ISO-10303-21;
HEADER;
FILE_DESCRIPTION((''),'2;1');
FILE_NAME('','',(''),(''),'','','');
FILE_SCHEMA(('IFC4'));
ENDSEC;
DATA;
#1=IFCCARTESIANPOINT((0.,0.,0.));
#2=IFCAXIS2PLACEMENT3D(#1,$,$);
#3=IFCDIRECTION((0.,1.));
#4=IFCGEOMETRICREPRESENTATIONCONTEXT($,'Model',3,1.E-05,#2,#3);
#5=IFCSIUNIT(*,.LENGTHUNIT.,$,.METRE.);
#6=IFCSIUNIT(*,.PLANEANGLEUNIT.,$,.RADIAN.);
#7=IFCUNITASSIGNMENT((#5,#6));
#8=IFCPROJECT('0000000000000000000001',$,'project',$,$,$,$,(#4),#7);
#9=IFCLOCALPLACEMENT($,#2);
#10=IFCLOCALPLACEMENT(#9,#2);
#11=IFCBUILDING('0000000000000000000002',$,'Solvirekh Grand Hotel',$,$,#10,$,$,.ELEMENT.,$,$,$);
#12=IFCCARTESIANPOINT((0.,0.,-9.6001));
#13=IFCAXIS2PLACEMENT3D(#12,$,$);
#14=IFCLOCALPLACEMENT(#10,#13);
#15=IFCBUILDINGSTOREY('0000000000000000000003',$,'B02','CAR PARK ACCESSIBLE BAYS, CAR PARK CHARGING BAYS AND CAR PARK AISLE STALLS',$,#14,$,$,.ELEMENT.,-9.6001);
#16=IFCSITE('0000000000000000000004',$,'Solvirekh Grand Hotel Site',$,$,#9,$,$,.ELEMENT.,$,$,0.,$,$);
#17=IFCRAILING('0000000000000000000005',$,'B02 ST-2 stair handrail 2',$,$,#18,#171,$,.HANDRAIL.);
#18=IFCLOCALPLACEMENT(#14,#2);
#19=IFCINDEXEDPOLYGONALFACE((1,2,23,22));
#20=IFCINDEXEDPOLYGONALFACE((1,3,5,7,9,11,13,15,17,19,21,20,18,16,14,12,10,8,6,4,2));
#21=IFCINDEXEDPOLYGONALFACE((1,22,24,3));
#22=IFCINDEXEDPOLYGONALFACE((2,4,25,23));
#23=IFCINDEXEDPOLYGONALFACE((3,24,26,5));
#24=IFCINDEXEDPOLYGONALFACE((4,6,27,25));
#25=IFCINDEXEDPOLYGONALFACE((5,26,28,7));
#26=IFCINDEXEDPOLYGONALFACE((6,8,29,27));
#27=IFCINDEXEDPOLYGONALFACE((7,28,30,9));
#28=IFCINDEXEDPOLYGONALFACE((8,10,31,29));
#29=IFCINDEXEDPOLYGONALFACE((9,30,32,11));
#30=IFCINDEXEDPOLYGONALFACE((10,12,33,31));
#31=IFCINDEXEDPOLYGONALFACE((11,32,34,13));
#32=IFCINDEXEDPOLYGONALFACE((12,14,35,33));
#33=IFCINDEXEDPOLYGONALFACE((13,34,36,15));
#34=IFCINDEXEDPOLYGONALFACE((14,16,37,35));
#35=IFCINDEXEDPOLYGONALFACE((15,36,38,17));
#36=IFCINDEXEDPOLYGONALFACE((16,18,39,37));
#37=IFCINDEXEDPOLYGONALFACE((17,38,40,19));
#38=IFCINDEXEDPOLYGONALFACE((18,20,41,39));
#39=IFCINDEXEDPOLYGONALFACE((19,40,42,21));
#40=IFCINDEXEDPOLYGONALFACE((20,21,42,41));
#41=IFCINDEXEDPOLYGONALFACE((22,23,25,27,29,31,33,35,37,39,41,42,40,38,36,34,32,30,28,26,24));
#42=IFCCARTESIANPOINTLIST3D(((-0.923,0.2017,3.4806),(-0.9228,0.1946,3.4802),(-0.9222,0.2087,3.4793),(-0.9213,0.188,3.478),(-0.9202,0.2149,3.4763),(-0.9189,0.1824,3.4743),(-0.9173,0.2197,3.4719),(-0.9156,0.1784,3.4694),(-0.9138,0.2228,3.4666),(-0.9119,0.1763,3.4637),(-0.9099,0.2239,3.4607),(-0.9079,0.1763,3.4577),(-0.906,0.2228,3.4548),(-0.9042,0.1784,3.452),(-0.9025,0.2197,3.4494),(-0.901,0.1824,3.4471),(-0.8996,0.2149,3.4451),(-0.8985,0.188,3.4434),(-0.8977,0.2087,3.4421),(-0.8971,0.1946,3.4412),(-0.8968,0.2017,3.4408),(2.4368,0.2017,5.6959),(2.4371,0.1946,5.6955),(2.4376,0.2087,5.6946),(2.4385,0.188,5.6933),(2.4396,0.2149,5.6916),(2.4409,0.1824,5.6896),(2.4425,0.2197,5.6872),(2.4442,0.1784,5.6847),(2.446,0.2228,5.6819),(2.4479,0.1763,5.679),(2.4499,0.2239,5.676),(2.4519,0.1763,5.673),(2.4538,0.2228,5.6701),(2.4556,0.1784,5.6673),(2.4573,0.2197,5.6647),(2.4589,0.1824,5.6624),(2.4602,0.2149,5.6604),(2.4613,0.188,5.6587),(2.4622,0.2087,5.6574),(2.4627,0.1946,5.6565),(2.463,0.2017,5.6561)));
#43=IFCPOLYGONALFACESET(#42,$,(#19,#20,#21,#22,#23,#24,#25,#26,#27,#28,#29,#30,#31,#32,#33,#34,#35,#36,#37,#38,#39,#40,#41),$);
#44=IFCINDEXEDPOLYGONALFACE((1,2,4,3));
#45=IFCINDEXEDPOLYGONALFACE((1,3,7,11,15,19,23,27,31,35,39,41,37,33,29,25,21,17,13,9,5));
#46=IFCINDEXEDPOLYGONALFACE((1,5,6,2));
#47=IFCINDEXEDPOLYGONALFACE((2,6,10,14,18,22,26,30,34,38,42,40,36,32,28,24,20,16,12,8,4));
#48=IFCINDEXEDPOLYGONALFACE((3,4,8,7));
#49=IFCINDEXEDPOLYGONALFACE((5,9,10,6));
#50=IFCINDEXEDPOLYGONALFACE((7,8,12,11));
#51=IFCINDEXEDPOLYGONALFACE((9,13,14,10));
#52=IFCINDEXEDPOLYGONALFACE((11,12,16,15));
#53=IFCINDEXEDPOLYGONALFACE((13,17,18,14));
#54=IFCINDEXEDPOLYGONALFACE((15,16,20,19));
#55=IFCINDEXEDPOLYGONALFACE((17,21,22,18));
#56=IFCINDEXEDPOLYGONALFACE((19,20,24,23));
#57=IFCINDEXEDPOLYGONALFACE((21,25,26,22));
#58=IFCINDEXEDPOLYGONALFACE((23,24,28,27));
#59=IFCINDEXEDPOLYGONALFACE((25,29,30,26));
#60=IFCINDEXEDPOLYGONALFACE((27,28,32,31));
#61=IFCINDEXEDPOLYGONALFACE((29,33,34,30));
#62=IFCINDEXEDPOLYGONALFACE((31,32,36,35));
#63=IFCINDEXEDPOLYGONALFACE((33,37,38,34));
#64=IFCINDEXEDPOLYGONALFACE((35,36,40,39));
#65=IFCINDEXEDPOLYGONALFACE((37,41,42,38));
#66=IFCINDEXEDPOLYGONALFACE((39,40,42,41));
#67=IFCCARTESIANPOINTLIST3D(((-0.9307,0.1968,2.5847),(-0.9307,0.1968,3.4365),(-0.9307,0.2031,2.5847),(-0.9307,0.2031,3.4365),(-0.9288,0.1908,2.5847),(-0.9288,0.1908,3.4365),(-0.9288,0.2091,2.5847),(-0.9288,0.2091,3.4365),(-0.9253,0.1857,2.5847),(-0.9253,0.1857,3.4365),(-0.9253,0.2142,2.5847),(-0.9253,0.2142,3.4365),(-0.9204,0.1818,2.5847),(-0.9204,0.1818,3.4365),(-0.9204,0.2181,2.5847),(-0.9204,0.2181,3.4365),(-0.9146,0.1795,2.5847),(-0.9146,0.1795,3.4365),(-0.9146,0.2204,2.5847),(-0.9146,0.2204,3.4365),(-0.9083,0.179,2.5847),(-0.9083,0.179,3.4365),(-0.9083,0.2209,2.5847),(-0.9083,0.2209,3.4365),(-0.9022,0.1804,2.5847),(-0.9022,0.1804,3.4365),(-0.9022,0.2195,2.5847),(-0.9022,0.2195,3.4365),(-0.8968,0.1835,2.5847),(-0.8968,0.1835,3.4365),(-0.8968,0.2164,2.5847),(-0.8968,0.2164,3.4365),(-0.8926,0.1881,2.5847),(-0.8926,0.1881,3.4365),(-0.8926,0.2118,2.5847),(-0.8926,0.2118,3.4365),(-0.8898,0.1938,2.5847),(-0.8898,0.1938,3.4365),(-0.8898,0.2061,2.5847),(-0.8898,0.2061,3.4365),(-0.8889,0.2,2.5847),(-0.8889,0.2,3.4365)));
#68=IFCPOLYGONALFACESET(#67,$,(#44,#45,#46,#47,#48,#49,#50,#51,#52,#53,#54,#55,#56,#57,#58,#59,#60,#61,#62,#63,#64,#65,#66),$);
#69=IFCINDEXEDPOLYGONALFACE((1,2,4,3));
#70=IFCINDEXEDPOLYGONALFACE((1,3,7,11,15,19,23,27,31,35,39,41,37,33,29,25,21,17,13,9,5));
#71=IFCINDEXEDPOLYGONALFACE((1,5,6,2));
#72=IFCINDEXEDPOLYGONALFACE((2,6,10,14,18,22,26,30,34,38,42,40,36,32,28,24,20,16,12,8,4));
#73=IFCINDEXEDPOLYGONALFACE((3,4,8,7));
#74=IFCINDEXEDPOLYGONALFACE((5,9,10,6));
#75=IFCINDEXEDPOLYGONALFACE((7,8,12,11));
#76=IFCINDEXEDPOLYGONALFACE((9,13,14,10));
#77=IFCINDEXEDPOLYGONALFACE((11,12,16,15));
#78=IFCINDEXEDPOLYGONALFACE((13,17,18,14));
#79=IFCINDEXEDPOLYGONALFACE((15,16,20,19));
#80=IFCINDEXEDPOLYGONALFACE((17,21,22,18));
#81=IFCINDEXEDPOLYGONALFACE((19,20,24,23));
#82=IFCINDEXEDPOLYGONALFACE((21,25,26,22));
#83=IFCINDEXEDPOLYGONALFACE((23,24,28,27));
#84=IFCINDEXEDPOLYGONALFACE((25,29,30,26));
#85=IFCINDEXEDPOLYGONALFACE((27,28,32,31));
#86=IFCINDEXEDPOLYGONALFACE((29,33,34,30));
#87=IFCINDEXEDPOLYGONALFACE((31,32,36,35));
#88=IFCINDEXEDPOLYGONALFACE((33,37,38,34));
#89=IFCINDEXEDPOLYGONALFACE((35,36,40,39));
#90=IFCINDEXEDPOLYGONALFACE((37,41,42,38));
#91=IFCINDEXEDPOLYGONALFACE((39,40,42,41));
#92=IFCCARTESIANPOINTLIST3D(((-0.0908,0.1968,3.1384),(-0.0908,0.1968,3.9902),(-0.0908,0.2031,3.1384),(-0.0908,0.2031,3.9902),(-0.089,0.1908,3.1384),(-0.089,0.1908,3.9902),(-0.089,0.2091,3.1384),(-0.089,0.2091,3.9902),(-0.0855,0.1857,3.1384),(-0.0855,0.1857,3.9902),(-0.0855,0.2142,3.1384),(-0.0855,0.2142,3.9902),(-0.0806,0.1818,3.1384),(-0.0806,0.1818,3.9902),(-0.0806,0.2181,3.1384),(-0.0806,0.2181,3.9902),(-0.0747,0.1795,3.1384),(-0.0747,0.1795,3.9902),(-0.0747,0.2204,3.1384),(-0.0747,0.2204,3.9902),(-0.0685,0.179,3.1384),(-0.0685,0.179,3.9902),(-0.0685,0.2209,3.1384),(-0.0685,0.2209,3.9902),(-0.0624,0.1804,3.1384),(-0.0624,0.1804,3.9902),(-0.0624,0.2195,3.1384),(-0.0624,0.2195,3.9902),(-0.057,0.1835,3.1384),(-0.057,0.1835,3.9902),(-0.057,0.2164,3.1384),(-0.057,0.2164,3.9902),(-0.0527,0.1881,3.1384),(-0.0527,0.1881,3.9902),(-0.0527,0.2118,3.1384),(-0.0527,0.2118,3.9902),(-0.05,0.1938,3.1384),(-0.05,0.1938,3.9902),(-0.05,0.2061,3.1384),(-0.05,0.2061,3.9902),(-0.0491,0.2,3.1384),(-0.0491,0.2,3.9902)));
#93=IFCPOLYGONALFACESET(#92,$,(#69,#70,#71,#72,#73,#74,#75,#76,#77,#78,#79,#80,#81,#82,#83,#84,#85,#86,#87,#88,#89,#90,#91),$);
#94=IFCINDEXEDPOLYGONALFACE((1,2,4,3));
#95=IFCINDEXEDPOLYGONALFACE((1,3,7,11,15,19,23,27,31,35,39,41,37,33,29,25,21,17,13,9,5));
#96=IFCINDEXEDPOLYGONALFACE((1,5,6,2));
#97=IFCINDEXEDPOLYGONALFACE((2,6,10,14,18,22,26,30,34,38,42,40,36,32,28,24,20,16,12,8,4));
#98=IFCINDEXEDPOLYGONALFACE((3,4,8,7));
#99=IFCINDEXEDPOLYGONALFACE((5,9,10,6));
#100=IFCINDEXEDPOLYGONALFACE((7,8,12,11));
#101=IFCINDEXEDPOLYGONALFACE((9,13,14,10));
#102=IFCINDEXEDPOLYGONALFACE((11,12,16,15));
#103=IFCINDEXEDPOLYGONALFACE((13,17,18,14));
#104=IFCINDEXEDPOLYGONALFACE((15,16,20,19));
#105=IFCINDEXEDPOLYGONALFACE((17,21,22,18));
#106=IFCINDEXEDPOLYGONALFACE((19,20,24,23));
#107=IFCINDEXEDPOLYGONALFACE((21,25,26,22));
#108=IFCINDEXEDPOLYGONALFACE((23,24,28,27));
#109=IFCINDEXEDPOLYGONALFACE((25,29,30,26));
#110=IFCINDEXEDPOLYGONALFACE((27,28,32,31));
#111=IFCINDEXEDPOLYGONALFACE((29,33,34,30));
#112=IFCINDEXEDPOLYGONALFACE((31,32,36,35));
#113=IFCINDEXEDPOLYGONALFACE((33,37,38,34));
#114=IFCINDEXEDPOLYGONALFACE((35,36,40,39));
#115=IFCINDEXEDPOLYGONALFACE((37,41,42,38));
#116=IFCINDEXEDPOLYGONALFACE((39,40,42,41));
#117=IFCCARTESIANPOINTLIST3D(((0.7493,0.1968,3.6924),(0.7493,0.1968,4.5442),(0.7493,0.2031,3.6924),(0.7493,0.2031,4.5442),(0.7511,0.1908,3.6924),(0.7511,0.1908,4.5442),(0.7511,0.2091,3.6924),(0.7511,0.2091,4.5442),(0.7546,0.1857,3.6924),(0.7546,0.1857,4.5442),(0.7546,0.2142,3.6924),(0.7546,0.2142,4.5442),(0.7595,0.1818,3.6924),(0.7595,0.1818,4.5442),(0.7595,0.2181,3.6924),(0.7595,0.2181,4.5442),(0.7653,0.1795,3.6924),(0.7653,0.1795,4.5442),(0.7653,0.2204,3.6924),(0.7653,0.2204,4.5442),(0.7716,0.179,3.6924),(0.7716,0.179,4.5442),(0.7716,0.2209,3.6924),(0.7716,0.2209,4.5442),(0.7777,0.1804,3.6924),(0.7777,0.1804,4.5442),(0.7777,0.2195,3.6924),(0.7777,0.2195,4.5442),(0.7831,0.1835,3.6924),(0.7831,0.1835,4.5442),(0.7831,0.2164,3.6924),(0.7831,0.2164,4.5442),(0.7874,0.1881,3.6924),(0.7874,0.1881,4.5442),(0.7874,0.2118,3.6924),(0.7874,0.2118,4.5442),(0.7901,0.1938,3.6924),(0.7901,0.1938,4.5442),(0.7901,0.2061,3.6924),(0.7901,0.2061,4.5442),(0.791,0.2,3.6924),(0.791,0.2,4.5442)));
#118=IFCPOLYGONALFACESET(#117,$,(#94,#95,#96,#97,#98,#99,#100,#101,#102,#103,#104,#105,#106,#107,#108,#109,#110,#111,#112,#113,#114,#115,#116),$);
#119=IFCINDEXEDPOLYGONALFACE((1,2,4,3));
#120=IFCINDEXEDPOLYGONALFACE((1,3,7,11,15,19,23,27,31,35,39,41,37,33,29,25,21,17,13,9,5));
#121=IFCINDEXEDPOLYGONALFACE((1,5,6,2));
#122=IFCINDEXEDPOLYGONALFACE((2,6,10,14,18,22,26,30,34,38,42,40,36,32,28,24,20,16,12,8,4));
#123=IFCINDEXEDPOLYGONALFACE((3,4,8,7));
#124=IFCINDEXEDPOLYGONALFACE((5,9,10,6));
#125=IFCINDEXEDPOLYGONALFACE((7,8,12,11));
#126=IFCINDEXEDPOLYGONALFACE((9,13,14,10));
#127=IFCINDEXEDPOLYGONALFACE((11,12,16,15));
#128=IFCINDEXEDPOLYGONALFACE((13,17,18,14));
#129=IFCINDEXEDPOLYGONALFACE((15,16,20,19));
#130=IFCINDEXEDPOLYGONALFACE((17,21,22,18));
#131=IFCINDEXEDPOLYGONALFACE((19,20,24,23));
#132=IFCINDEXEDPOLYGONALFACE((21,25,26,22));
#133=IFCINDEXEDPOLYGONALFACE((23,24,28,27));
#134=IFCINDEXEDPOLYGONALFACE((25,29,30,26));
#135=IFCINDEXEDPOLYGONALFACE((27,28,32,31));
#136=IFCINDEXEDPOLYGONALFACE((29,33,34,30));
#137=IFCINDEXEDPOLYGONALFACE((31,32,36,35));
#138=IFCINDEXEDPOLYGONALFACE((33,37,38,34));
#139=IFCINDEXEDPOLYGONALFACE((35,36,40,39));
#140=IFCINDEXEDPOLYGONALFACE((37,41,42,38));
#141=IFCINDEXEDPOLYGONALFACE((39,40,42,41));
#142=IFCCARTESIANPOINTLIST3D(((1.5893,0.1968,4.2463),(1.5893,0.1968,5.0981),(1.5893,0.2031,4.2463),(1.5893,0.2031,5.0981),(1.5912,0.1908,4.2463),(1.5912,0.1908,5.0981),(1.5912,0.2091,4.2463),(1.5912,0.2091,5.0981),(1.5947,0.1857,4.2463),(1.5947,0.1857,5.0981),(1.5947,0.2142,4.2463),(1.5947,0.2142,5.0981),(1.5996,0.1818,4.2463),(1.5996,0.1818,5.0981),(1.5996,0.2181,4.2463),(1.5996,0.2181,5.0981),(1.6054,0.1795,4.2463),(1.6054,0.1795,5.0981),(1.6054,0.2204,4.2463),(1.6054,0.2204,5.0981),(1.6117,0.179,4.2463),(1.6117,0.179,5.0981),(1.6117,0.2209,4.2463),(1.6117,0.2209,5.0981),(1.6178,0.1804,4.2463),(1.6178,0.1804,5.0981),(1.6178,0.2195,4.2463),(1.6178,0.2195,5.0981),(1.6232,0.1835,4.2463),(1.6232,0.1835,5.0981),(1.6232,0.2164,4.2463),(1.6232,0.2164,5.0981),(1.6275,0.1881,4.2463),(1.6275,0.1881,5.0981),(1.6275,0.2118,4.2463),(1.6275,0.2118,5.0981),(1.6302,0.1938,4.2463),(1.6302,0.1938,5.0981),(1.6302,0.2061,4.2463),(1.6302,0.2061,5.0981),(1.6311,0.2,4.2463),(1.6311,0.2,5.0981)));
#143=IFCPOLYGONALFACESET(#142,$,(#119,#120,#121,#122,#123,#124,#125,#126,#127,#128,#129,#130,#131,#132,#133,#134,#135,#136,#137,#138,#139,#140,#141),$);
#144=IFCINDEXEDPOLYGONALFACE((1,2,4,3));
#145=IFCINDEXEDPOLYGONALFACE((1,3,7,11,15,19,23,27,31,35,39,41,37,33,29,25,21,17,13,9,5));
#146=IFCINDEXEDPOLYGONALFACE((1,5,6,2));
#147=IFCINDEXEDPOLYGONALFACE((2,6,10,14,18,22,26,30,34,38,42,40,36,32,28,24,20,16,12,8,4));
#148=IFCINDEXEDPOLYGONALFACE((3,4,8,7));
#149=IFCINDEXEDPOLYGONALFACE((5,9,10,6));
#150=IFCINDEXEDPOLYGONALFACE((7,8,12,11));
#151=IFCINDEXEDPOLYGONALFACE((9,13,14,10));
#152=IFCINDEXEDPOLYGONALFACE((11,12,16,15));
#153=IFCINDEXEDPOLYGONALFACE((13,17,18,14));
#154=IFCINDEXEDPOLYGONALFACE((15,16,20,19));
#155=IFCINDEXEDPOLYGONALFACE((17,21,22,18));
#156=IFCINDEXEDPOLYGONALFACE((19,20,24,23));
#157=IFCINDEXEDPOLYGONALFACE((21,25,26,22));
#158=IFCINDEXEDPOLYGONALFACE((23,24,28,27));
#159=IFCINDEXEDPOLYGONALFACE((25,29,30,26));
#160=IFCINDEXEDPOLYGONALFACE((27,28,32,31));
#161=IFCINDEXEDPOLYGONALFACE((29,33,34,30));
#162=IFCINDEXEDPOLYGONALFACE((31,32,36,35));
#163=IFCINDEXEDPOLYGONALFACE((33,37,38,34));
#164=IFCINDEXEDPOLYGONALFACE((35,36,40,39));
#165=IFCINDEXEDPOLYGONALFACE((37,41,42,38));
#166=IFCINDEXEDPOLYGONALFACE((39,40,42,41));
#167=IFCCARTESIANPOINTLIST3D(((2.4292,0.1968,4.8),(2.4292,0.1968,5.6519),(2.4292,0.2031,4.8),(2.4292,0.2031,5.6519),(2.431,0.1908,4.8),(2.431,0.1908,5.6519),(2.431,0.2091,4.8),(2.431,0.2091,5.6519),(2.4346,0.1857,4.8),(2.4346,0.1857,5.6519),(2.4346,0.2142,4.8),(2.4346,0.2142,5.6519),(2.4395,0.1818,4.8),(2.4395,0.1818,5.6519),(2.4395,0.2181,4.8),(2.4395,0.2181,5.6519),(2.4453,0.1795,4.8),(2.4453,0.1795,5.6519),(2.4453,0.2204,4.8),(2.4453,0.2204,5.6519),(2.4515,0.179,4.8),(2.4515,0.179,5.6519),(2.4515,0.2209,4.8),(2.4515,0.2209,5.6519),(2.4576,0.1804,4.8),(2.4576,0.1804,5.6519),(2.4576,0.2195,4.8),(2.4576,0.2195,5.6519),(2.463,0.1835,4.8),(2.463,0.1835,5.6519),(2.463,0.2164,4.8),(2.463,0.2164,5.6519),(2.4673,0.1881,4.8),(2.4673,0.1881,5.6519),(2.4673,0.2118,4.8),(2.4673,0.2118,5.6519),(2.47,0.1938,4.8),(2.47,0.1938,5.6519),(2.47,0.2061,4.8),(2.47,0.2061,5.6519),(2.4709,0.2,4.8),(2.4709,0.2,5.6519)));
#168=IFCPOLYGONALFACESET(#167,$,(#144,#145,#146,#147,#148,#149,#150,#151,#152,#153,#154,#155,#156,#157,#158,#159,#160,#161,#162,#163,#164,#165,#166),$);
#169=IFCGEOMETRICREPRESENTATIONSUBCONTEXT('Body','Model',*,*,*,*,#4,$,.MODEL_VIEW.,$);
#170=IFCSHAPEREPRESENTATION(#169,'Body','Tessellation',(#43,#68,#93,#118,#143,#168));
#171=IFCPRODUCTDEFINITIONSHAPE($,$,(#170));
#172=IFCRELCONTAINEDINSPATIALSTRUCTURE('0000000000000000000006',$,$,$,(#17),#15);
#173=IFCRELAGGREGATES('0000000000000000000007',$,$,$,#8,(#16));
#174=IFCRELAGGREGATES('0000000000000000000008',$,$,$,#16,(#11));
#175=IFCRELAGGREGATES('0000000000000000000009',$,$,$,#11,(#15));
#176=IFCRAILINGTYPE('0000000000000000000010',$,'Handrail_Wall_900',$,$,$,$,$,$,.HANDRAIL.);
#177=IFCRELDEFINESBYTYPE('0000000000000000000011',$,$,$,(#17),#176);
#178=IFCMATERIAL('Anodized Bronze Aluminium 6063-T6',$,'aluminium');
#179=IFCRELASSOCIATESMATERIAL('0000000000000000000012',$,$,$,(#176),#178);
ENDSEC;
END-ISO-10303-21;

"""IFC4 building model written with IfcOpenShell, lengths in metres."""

from ifc_helpers import new_model, si_unit, direction, frame, origin, origin_2d, place, context, subcontext, project, spatial, circle, extrude, material, type_object, element, save


model = new_model("IFC4")

# Units and contexts
model_context = context("Model", 3, precision=1e-05, world=origin(), true_north=direction((0.0, 1.0)))
body_context = subcontext(model_context, "Body", "Model", "MODEL_VIEW")
ifc_project = project(units=[si_unit("LENGTHUNIT", "METRE"), si_unit("PLANEANGLEUNIT", "RADIAN")], contexts=[model_context])

# Site, building, storey
site_placement = place(None, origin())
site = spatial("IfcSite", under=ifc_project, at=site_placement, Name="Solvirekh Grand Hotel Site", CompositionType="ELEMENT", RefElevation=0.0)
building_placement = place(site_placement, origin())
building = spatial("IfcBuilding", under=site, at=building_placement, Name="Solvirekh Grand Hotel", CompositionType="ELEMENT")
storey_placement = place(building_placement, frame((0.0, 0.0, -9.6001)))
storey = spatial("IfcBuildingStorey", under=building, at=storey_placement, Name="B02", Description="CAR PARK ACCESSIBLE BAYS, CAR PARK CHARGING BAYS AND CAR PARK AISLE STALLS", CompositionType="ELEMENT", Elevation=-9.6001)

# Railing
ifc_material_1 = material(Name="Anodized Bronze Aluminium 6063-T6", Category="aluminium")
railing_type_1 = type_object("IfcRailingType", Name="Handrail_Wall_900", PredefinedType="HANDRAIL", material=ifc_material_1)
for number, where, name in (
    (1, (-0.9099, 0.2, 2.5847), "B02 ST-2 stair handrail 2"),
):
    element("IfcRailing", number, at=place(storey_placement, frame(where)), inside=storey, type_object=railing_type_1, Name=name, PredefinedType="HANDRAIL", context=body_context, shape_type="SweptSolid", body=[
        extrude(circle(Radius=0.0239, at=origin_2d()), frame((0.0, 0.0, 0.876), z_axis=(0.834858, 0.0, 0.550465), x_axis=(0.0, 1.0, 0.0)), (0.0, 0.0, 1.0), 4.0244),
        extrude(circle(Radius=0.021, at=origin_2d()), origin(), (0.0, 0.0, 1.0), 0.8518),
        extrude(circle(Radius=0.021, at=origin_2d()), frame((0.8398, 0.0, 0.5537)), (0.0, 0.0, 1.0), 0.8518),
        extrude(circle(Radius=0.021, at=origin_2d()), frame((1.6799, 0.0, 1.1077)), (0.0, 0.0, 1.0), 0.8518),
        extrude(circle(Radius=0.021, at=origin_2d()), frame((2.52, 0.0, 1.6616)), (0.0, 0.0, 1.0), 0.8518),
        extrude(circle(Radius=0.021, at=origin_2d()), frame((3.3599, 0.0, 2.2153)), (0.0, 0.0, 1.0), 0.8518),
    ])

save(model, "model.ifc")
